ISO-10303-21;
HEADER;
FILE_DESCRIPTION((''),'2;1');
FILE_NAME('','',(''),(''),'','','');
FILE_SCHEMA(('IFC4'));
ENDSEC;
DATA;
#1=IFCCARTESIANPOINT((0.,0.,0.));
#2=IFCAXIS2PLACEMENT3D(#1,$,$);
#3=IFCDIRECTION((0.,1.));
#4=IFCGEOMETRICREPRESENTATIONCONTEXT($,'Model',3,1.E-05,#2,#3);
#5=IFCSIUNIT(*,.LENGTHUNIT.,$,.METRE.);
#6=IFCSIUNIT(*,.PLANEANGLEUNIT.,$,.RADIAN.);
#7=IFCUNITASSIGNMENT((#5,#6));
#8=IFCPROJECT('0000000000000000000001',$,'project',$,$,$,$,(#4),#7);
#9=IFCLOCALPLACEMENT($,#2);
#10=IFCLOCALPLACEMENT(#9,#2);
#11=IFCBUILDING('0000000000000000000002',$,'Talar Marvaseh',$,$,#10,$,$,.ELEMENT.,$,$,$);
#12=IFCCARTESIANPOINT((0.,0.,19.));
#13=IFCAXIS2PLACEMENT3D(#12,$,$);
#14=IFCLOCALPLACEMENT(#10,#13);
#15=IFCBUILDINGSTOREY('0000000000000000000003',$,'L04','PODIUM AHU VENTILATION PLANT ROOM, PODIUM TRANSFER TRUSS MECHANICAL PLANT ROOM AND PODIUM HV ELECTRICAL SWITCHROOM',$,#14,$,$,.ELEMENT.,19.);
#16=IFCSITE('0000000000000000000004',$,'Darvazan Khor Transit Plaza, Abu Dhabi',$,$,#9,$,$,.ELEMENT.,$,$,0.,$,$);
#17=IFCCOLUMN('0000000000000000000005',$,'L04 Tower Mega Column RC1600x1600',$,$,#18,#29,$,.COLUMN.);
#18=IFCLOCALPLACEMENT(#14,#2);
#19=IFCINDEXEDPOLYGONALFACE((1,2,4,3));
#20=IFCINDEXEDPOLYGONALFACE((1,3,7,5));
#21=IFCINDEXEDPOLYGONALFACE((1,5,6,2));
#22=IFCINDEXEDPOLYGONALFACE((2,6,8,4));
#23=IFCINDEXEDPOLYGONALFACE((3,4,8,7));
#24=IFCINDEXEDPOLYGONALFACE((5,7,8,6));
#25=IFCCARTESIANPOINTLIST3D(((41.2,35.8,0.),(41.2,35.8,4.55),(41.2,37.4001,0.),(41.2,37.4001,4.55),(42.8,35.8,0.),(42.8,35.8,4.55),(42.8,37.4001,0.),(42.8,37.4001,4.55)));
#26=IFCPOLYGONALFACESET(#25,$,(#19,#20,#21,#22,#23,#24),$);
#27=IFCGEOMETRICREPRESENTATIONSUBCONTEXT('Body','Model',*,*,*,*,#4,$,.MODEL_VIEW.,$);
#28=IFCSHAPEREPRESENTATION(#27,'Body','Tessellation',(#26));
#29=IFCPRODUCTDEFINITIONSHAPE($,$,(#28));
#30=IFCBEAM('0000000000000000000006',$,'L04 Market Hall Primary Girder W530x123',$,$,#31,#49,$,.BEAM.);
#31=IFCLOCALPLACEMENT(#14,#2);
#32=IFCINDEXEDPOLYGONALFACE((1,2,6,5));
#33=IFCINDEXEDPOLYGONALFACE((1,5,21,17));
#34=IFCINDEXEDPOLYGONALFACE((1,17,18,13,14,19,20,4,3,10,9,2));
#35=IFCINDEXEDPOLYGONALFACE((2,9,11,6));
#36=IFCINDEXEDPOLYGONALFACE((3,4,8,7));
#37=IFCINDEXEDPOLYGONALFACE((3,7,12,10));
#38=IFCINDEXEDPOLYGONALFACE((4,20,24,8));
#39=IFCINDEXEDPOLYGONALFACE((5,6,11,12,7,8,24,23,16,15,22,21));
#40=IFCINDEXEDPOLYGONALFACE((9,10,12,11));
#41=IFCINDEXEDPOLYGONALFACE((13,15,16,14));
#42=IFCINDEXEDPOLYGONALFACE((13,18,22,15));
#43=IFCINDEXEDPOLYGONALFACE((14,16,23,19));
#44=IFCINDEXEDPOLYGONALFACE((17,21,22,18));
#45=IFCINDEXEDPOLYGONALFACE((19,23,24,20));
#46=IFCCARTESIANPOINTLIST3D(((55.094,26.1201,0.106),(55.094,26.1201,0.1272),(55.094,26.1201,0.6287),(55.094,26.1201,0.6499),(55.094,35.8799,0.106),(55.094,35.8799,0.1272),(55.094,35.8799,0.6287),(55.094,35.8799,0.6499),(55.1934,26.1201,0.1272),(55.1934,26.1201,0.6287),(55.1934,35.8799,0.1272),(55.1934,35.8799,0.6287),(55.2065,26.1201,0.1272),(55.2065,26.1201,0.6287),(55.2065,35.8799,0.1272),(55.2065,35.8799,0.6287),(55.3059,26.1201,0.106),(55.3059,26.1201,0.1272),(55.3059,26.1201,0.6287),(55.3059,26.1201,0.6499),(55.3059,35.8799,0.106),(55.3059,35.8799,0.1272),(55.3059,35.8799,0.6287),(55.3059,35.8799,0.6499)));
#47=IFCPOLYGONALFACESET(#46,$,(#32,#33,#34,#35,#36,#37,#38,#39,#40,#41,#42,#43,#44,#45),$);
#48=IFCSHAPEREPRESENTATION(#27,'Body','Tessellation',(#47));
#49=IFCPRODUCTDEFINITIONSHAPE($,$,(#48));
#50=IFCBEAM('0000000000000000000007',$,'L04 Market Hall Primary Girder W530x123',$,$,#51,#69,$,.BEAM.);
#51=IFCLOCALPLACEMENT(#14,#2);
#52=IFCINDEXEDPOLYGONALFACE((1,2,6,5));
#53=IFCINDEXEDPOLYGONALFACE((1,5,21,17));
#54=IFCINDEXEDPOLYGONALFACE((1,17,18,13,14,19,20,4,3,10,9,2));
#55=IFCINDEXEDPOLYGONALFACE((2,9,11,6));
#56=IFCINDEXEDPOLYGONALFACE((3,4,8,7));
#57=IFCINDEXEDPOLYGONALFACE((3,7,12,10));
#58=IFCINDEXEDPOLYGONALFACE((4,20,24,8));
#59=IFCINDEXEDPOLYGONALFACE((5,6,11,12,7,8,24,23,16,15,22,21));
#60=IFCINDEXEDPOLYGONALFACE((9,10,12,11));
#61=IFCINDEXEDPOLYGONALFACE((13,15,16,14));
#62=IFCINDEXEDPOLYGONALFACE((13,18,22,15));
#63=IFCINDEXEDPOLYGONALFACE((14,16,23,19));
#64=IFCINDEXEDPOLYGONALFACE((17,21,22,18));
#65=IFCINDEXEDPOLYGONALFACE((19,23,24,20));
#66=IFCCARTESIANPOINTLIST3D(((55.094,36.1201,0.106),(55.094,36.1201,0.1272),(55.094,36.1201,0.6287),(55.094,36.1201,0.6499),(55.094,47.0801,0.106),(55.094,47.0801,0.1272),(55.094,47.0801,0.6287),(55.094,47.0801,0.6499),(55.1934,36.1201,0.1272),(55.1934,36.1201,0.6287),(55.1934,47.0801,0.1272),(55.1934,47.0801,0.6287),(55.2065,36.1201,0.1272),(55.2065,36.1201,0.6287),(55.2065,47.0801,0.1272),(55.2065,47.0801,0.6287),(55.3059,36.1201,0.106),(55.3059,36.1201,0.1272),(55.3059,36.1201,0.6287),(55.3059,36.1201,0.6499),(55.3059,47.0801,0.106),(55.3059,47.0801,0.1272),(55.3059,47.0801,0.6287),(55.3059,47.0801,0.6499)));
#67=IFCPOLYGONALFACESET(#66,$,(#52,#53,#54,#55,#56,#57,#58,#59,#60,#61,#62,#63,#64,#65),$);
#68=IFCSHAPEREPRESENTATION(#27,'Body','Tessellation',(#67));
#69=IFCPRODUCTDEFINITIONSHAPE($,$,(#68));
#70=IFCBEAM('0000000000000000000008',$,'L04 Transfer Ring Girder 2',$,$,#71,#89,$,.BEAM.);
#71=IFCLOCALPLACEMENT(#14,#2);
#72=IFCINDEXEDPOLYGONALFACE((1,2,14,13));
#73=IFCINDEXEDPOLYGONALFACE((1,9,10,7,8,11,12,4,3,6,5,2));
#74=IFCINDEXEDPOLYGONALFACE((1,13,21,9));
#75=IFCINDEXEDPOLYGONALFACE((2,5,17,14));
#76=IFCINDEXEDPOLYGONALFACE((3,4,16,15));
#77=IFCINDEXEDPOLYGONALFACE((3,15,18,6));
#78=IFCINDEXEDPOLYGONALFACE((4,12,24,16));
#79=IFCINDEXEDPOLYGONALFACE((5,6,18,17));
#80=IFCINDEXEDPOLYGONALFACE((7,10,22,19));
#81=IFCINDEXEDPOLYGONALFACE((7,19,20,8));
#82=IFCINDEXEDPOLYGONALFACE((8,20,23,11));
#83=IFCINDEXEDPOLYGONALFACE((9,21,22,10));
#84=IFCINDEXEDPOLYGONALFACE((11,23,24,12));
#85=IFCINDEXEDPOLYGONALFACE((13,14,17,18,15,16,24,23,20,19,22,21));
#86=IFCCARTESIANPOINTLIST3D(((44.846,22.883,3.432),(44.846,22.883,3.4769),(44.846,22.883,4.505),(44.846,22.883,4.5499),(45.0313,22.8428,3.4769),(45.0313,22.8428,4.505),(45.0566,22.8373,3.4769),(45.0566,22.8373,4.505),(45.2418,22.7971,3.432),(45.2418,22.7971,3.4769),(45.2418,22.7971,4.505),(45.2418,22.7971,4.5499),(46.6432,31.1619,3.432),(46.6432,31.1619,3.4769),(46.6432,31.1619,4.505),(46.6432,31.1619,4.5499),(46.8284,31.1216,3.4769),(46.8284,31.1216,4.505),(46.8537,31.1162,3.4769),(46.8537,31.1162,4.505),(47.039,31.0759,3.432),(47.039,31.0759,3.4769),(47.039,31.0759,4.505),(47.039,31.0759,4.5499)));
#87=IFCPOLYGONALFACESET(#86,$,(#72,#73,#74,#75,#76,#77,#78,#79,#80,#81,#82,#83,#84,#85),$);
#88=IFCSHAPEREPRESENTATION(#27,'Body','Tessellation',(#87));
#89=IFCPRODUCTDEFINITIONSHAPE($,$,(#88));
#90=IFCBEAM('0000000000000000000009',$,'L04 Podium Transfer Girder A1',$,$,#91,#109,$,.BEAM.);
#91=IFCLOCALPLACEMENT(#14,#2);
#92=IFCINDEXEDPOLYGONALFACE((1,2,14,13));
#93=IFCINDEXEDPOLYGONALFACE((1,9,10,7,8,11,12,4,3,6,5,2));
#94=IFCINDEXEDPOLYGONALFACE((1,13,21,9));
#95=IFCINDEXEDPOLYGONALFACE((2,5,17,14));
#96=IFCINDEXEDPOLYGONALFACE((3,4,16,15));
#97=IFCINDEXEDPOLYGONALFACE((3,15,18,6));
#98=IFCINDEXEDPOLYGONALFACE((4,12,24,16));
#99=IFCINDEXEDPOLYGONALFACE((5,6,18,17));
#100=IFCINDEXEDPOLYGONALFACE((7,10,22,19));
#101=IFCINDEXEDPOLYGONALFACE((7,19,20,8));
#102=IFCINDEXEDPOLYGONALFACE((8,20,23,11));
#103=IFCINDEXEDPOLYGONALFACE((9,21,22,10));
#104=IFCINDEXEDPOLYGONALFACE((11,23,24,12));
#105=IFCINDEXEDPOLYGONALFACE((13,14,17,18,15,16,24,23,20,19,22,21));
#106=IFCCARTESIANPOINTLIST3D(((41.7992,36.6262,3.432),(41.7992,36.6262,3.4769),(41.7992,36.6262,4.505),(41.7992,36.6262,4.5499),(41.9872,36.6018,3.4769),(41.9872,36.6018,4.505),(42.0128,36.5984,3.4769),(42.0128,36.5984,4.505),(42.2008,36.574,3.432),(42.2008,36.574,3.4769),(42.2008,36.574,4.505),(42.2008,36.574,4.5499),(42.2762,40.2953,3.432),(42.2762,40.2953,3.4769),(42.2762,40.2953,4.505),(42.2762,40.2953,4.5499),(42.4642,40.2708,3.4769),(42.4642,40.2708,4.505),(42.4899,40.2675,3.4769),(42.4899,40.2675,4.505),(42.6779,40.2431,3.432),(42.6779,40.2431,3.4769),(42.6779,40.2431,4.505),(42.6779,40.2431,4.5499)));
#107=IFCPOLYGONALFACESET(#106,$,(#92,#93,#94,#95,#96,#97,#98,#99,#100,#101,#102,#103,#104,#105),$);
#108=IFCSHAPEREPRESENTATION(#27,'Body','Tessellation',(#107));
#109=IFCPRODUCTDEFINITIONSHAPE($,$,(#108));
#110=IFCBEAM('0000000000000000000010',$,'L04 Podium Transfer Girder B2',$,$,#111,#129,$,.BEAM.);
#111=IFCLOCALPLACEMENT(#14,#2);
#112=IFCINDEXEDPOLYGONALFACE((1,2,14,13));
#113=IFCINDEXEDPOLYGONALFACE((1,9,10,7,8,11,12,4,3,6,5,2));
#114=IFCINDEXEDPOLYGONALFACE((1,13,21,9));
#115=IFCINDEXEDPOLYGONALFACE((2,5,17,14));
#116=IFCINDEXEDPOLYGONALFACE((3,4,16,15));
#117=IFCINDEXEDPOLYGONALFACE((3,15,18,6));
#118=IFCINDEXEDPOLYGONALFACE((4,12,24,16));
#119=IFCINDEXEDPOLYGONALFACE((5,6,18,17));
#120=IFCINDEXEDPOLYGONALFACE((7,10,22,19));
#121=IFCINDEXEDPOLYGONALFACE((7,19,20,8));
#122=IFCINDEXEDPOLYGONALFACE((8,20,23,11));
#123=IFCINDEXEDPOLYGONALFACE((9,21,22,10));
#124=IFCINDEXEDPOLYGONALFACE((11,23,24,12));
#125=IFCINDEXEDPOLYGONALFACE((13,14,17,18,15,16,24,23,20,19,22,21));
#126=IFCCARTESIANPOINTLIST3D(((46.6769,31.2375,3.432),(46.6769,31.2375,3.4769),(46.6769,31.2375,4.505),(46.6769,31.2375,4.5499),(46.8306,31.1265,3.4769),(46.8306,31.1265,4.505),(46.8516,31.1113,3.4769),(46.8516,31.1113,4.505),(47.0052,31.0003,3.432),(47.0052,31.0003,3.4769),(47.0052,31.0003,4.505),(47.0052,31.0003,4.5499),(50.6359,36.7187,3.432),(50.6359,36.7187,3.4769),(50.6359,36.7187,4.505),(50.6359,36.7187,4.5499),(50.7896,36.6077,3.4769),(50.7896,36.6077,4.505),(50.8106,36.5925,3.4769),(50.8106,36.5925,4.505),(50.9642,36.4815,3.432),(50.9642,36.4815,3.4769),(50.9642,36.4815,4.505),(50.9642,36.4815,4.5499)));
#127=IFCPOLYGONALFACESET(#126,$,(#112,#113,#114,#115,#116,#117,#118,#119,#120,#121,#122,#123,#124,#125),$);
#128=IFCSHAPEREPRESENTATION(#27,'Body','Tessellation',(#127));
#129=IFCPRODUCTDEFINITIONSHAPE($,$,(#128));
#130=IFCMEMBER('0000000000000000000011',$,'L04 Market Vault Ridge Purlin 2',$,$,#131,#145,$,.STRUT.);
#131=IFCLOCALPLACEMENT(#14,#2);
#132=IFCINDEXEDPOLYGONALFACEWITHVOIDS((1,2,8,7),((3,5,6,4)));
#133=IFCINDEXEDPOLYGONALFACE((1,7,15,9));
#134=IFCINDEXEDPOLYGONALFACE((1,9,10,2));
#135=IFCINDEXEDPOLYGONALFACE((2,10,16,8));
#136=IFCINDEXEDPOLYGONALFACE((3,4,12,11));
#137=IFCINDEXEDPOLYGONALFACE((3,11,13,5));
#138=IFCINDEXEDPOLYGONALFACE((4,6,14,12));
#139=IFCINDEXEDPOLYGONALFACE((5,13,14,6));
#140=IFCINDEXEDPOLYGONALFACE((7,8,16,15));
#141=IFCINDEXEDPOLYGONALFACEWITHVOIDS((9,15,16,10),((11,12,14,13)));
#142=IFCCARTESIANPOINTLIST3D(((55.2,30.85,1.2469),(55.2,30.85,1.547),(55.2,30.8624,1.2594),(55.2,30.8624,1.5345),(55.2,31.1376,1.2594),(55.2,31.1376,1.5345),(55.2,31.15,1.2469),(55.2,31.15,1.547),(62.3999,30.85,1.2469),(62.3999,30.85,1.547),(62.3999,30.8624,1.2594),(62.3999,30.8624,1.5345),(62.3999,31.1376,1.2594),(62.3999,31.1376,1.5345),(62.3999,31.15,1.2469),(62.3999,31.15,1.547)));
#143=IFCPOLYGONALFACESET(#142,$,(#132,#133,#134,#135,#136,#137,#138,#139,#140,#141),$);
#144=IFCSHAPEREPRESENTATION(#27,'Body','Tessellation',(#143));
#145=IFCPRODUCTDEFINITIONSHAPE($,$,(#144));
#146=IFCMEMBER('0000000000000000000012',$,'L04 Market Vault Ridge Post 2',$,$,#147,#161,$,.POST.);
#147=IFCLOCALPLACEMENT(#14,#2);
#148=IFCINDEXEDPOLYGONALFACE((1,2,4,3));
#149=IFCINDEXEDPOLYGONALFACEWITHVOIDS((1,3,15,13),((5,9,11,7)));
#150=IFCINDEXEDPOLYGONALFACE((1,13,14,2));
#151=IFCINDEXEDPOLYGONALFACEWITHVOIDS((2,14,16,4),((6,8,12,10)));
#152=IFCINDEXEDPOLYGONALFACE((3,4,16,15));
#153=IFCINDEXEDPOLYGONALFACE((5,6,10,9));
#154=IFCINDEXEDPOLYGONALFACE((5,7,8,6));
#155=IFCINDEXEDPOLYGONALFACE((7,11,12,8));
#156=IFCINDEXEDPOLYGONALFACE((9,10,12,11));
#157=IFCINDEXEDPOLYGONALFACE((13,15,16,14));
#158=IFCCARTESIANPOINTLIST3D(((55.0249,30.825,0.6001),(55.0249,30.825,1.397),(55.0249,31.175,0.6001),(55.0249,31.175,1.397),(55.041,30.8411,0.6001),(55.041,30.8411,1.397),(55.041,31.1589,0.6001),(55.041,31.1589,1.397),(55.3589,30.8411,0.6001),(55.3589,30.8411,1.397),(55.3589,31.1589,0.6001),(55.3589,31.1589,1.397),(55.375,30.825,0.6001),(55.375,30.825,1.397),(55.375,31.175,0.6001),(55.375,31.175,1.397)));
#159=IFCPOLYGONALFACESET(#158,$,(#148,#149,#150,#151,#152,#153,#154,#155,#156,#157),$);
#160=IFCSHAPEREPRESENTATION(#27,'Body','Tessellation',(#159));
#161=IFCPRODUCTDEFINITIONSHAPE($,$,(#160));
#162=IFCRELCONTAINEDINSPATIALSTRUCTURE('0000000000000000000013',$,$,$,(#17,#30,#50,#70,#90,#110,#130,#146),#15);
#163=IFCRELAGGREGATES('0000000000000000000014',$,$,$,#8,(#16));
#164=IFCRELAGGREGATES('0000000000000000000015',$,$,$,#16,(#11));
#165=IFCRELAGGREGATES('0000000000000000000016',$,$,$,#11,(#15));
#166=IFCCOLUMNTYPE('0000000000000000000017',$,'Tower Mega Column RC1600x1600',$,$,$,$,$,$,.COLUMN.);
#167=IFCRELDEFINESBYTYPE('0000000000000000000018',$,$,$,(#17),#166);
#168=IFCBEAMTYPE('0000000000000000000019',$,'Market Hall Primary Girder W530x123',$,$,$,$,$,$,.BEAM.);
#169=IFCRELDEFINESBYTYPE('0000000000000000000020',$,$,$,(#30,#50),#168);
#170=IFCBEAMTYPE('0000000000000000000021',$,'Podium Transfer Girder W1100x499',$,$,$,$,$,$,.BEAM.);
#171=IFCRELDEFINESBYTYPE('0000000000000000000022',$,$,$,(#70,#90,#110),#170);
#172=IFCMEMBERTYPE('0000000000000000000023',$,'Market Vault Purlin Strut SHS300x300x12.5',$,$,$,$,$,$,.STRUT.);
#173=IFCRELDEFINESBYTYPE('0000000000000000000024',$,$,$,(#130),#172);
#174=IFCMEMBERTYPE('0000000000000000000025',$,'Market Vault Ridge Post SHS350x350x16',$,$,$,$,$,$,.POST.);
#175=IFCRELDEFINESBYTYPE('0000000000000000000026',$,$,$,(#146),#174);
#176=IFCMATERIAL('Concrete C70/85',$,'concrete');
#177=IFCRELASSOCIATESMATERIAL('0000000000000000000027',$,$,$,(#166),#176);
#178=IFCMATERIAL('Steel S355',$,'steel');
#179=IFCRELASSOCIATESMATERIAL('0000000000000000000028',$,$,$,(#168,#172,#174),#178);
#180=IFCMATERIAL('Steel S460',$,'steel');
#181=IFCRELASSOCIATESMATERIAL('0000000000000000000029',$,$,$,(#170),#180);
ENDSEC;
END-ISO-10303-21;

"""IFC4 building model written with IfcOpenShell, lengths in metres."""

from ifc_helpers import new_model, si_unit, direction, frame, origin, origin_2d, place, context, subcontext, project, spatial, rectangle, hollow_rectangle, i_section, extrude, source, transform, mapped, material, material_profile, profile_set, type_object, type_shapes, element, save


model = new_model("IFC4")

# Units and contexts
model_context = context("Model", 3, precision=1e-05, world=origin(), true_north=direction((0.0, 1.0)))
body_context = subcontext(model_context, "Body", "Model", "MODEL_VIEW")
ifc_project = project(units=[si_unit("LENGTHUNIT", "METRE"), si_unit("PLANEANGLEUNIT", "RADIAN")], contexts=[model_context])

# Site, building, storey
site_placement = place(None, origin())
site = spatial("IfcSite", under=ifc_project, at=site_placement, Name="Darvazan Khor Transit Plaza, Abu Dhabi", CompositionType="ELEMENT", RefElevation=0.0)
building_placement = place(site_placement, origin())
building = spatial("IfcBuilding", under=site, at=building_placement, Name="Talar Marvaseh", CompositionType="ELEMENT")
storey_placement = place(building_placement, frame((0.0, 0.0, 19.0)))
storey = spatial("IfcBuildingStorey", under=building, at=storey_placement, Name="L04", Description="PODIUM AHU VENTILATION PLANT ROOM, PODIUM TRANSFER TRUSS MECHANICAL PLANT ROOM AND PODIUM HV ELECTRICAL SWITCHROOM", CompositionType="ELEMENT", Elevation=19.0)

# Column
ifc_material_1 = material(Name="Concrete C70/85", Category="concrete")
ifc_material_profile_1 = material_profile(ifc_material_1, rectangle(XDim=1.6001, YDim=1.6001, at=origin_2d()), Name="RC1600x1600")
ifc_profile_set_1 = profile_set([ifc_material_profile_1], Name="Concrete C70/85")
column_type = type_object("IfcColumnType", Name="Tower Mega Column RC1600x1600", PredefinedType="COLUMN", material=ifc_profile_set_1)
column_placement = place(storey_placement, frame((42.0, 36.6001, 0.0), z_axis=(0.0, 0.0, 1.0), x_axis=(1.0, 0.0, 0.0)))
element("IfcColumn", 1, at=column_placement, inside=storey, type_object=column_type, Name="L04 Tower Mega Column RC1600x1600", PredefinedType="COLUMN", context=body_context, shape_type="SweptSolid", body=[
    extrude(rectangle(XDim=1.6001, YDim=1.6001, at=origin_2d()), origin(), (0.0, 0.0, 1.0), 4.55),
])

# Beams
ifc_material_2 = material(Name="Steel S355", Category="steel")
ifc_material_profile_2 = material_profile(ifc_material_2, i_section(OverallWidth=0.2119, OverallDepth=0.5439, WebThickness=0.0132, FlangeThickness=0.0212, at=origin_2d()), Name="W530x123")
ifc_profile_set_2 = profile_set([ifc_material_profile_2], Name="Steel S355")
beam_type_1 = type_object("IfcBeamType", Name="Market Hall Primary Girder W530x123", PredefinedType="BEAM", material=ifc_profile_set_2)
beam_1_placement = place(storey_placement, frame((55.2, 26.1201, 0.3779), z_axis=(0.0, 1.0, 0.0), x_axis=(-1.0, 0.0, 0.0)))
element("IfcBeam", 2, at=beam_1_placement, inside=storey, type_object=beam_type_1, Name="L04 Market Hall Primary Girder W530x123", PredefinedType="BEAM", context=body_context, shape_type="SweptSolid", body=[
    extrude(i_section(OverallWidth=0.2119, OverallDepth=0.5439, WebThickness=0.0132, FlangeThickness=0.0212, at=origin_2d()), origin(), (0.0, 0.0, 1.0), 9.7598),
])
beam_2_placement = place(storey_placement, frame((55.2, 36.1201, 0.3779), z_axis=(0.0, 1.0, 0.0), x_axis=(-1.0, 0.0, 0.0)))
element("IfcBeam", 3, at=beam_2_placement, inside=storey, type_object=beam_type_1, Name="L04 Market Hall Primary Girder W530x123", PredefinedType="BEAM", context=body_context, shape_type="SweptSolid", body=[
    extrude(i_section(OverallWidth=0.2119, OverallDepth=0.5439, WebThickness=0.0132, FlangeThickness=0.0212, at=origin_2d()), origin(), (0.0, 0.0, 1.0), 10.96),
])
ifc_material_3 = material(Name="Steel S460", Category="steel")
ifc_material_profile_3 = material_profile(ifc_material_3, i_section(OverallWidth=0.405, OverallDepth=1.1179, WebThickness=0.0259, FlangeThickness=0.0449, at=origin_2d()), Name="W1100x499")
ifc_profile_set_3 = profile_set([ifc_material_profile_3], Name="Steel S460")
beam_type_2 = type_object("IfcBeamType", Name="Podium Transfer Girder W1100x499", PredefinedType="BEAM", material=ifc_profile_set_3)
beam_3_placement = place(storey_placement, frame((46.8411, 31.1189, 3.991), z_axis=(-0.212134, -0.977241, 0.0), x_axis=(0.977241, -0.212134, 0.0)))
element("IfcBeam", 4, at=beam_3_placement, inside=storey, type_object=beam_type_2, Name="L04 Transfer Ring Girder 2", PredefinedType="BEAM", context=body_context, shape_type="SweptSolid", body=[
    extrude(i_section(OverallWidth=0.405, OverallDepth=1.1179, WebThickness=0.0259, FlangeThickness=0.0449, at=origin_2d()), origin(), (0.0, 0.0, 1.0), 8.4717),
])
beam_4_placement = place(storey_placement, frame((42.0, 36.6001, 3.991), z_axis=(0.128939, 0.991653, 0.0), x_axis=(-0.991653, 0.128939, 0.0)))
element("IfcBeam", 5, at=beam_4_placement, inside=storey, type_object=beam_type_2, Name="L04 Podium Transfer Girder A1", PredefinedType="BEAM", context=body_context, shape_type="SweptSolid", body=[
    extrude(i_section(OverallWidth=0.405, OverallDepth=1.1179, WebThickness=0.0259, FlangeThickness=0.0449, at=origin_2d()), origin(), (0.0, 0.0, 1.0), 3.7),
])
beam_5_placement = place(storey_placement, frame((46.8411, 31.1189, 3.991), z_axis=(0.585524, 0.810655, 0.0), x_axis=(-0.810655, 0.585524, 0.0)))
element("IfcBeam", 6, at=beam_5_placement, inside=storey, type_object=beam_type_2, Name="L04 Podium Transfer Girder B2", PredefinedType="BEAM", context=body_context, shape_type="SweptSolid", body=[
    extrude(i_section(OverallWidth=0.405, OverallDepth=1.1179, WebThickness=0.0259, FlangeThickness=0.0449, at=origin_2d()), origin(), (0.0, 0.0, 1.0), 6.7615),
])

# Members
ifc_material_profile_4 = material_profile(ifc_material_2, hollow_rectangle(XDim=0.3, YDim=0.3, WallThickness=0.0125, at=origin_2d()), Name="SHS300x300x12.5")
ifc_profile_set_4 = profile_set([ifc_material_profile_4], Name="Steel S355")
member_type_1 = type_object("IfcMemberType", Name="Market Vault Purlin Strut SHS300x300x12.5", PredefinedType="STRUT", material=ifc_profile_set_4)
shared_shape_1 = source(origin(), body_context, "Body", "SweptSolid", [
    extrude(hollow_rectangle(XDim=0.3, YDim=0.3, WallThickness=0.0125, at=origin_2d()), origin(), (0.0, 0.0, 1.0), 7.2),
])
type_shapes(member_type_1, [shared_shape_1])
member_1_placement = place(storey_placement, frame((55.2, 31.0, 1.397), z_axis=(1.0, 0.0, 0.0), x_axis=(0.0, 1.0, 0.0)))
element("IfcMember", 7, at=member_1_placement, inside=storey, type_object=member_type_1, Name="L04 Market Vault Ridge Purlin 2", PredefinedType="STRUT", context=body_context, shape_type="MappedRepresentation", body=[
    mapped(shared_shape_1, transform((0.0, 0.0, 0.0), x_axis=(1.0, 0.0, 0.0), y_axis=(0.0, 1.0, 0.0), z_axis=(0.0, 0.0, 1.0), scale=1.0)),
])
ifc_material_profile_5 = material_profile(ifc_material_2, hollow_rectangle(XDim=0.3501, YDim=0.3501, WallThickness=0.0161, at=origin_2d()), Name="SHS350x350x16")
ifc_profile_set_5 = profile_set([ifc_material_profile_5], Name="Steel S355")
member_type_2 = type_object("IfcMemberType", Name="Market Vault Ridge Post SHS350x350x16", PredefinedType="POST", material=ifc_profile_set_5)
shared_shape_2 = source(origin(), body_context, "Body", "SweptSolid", [
    extrude(hollow_rectangle(XDim=0.3501, YDim=0.3501, WallThickness=0.0161, at=origin_2d()), origin(), (0.0, 0.0, 1.0), 0.7969),
])
type_shapes(member_type_2, [shared_shape_2])
member_2_placement = place(storey_placement, frame((55.2, 31.0, 0.6001), z_axis=(0.0, 0.0, 1.0), x_axis=(1.0, 0.0, 0.0)))
element("IfcMember", 8, at=member_2_placement, inside=storey, type_object=member_type_2, Name="L04 Market Vault Ridge Post 2", PredefinedType="POST", context=body_context, shape_type="MappedRepresentation", body=[
    mapped(shared_shape_2, transform((0.0, 0.0, 0.0), x_axis=(1.0, 0.0, 0.0), y_axis=(0.0, 1.0, 0.0), z_axis=(0.0, 0.0, 1.0), scale=1.0)),
])

save(model, "model.ifc")
